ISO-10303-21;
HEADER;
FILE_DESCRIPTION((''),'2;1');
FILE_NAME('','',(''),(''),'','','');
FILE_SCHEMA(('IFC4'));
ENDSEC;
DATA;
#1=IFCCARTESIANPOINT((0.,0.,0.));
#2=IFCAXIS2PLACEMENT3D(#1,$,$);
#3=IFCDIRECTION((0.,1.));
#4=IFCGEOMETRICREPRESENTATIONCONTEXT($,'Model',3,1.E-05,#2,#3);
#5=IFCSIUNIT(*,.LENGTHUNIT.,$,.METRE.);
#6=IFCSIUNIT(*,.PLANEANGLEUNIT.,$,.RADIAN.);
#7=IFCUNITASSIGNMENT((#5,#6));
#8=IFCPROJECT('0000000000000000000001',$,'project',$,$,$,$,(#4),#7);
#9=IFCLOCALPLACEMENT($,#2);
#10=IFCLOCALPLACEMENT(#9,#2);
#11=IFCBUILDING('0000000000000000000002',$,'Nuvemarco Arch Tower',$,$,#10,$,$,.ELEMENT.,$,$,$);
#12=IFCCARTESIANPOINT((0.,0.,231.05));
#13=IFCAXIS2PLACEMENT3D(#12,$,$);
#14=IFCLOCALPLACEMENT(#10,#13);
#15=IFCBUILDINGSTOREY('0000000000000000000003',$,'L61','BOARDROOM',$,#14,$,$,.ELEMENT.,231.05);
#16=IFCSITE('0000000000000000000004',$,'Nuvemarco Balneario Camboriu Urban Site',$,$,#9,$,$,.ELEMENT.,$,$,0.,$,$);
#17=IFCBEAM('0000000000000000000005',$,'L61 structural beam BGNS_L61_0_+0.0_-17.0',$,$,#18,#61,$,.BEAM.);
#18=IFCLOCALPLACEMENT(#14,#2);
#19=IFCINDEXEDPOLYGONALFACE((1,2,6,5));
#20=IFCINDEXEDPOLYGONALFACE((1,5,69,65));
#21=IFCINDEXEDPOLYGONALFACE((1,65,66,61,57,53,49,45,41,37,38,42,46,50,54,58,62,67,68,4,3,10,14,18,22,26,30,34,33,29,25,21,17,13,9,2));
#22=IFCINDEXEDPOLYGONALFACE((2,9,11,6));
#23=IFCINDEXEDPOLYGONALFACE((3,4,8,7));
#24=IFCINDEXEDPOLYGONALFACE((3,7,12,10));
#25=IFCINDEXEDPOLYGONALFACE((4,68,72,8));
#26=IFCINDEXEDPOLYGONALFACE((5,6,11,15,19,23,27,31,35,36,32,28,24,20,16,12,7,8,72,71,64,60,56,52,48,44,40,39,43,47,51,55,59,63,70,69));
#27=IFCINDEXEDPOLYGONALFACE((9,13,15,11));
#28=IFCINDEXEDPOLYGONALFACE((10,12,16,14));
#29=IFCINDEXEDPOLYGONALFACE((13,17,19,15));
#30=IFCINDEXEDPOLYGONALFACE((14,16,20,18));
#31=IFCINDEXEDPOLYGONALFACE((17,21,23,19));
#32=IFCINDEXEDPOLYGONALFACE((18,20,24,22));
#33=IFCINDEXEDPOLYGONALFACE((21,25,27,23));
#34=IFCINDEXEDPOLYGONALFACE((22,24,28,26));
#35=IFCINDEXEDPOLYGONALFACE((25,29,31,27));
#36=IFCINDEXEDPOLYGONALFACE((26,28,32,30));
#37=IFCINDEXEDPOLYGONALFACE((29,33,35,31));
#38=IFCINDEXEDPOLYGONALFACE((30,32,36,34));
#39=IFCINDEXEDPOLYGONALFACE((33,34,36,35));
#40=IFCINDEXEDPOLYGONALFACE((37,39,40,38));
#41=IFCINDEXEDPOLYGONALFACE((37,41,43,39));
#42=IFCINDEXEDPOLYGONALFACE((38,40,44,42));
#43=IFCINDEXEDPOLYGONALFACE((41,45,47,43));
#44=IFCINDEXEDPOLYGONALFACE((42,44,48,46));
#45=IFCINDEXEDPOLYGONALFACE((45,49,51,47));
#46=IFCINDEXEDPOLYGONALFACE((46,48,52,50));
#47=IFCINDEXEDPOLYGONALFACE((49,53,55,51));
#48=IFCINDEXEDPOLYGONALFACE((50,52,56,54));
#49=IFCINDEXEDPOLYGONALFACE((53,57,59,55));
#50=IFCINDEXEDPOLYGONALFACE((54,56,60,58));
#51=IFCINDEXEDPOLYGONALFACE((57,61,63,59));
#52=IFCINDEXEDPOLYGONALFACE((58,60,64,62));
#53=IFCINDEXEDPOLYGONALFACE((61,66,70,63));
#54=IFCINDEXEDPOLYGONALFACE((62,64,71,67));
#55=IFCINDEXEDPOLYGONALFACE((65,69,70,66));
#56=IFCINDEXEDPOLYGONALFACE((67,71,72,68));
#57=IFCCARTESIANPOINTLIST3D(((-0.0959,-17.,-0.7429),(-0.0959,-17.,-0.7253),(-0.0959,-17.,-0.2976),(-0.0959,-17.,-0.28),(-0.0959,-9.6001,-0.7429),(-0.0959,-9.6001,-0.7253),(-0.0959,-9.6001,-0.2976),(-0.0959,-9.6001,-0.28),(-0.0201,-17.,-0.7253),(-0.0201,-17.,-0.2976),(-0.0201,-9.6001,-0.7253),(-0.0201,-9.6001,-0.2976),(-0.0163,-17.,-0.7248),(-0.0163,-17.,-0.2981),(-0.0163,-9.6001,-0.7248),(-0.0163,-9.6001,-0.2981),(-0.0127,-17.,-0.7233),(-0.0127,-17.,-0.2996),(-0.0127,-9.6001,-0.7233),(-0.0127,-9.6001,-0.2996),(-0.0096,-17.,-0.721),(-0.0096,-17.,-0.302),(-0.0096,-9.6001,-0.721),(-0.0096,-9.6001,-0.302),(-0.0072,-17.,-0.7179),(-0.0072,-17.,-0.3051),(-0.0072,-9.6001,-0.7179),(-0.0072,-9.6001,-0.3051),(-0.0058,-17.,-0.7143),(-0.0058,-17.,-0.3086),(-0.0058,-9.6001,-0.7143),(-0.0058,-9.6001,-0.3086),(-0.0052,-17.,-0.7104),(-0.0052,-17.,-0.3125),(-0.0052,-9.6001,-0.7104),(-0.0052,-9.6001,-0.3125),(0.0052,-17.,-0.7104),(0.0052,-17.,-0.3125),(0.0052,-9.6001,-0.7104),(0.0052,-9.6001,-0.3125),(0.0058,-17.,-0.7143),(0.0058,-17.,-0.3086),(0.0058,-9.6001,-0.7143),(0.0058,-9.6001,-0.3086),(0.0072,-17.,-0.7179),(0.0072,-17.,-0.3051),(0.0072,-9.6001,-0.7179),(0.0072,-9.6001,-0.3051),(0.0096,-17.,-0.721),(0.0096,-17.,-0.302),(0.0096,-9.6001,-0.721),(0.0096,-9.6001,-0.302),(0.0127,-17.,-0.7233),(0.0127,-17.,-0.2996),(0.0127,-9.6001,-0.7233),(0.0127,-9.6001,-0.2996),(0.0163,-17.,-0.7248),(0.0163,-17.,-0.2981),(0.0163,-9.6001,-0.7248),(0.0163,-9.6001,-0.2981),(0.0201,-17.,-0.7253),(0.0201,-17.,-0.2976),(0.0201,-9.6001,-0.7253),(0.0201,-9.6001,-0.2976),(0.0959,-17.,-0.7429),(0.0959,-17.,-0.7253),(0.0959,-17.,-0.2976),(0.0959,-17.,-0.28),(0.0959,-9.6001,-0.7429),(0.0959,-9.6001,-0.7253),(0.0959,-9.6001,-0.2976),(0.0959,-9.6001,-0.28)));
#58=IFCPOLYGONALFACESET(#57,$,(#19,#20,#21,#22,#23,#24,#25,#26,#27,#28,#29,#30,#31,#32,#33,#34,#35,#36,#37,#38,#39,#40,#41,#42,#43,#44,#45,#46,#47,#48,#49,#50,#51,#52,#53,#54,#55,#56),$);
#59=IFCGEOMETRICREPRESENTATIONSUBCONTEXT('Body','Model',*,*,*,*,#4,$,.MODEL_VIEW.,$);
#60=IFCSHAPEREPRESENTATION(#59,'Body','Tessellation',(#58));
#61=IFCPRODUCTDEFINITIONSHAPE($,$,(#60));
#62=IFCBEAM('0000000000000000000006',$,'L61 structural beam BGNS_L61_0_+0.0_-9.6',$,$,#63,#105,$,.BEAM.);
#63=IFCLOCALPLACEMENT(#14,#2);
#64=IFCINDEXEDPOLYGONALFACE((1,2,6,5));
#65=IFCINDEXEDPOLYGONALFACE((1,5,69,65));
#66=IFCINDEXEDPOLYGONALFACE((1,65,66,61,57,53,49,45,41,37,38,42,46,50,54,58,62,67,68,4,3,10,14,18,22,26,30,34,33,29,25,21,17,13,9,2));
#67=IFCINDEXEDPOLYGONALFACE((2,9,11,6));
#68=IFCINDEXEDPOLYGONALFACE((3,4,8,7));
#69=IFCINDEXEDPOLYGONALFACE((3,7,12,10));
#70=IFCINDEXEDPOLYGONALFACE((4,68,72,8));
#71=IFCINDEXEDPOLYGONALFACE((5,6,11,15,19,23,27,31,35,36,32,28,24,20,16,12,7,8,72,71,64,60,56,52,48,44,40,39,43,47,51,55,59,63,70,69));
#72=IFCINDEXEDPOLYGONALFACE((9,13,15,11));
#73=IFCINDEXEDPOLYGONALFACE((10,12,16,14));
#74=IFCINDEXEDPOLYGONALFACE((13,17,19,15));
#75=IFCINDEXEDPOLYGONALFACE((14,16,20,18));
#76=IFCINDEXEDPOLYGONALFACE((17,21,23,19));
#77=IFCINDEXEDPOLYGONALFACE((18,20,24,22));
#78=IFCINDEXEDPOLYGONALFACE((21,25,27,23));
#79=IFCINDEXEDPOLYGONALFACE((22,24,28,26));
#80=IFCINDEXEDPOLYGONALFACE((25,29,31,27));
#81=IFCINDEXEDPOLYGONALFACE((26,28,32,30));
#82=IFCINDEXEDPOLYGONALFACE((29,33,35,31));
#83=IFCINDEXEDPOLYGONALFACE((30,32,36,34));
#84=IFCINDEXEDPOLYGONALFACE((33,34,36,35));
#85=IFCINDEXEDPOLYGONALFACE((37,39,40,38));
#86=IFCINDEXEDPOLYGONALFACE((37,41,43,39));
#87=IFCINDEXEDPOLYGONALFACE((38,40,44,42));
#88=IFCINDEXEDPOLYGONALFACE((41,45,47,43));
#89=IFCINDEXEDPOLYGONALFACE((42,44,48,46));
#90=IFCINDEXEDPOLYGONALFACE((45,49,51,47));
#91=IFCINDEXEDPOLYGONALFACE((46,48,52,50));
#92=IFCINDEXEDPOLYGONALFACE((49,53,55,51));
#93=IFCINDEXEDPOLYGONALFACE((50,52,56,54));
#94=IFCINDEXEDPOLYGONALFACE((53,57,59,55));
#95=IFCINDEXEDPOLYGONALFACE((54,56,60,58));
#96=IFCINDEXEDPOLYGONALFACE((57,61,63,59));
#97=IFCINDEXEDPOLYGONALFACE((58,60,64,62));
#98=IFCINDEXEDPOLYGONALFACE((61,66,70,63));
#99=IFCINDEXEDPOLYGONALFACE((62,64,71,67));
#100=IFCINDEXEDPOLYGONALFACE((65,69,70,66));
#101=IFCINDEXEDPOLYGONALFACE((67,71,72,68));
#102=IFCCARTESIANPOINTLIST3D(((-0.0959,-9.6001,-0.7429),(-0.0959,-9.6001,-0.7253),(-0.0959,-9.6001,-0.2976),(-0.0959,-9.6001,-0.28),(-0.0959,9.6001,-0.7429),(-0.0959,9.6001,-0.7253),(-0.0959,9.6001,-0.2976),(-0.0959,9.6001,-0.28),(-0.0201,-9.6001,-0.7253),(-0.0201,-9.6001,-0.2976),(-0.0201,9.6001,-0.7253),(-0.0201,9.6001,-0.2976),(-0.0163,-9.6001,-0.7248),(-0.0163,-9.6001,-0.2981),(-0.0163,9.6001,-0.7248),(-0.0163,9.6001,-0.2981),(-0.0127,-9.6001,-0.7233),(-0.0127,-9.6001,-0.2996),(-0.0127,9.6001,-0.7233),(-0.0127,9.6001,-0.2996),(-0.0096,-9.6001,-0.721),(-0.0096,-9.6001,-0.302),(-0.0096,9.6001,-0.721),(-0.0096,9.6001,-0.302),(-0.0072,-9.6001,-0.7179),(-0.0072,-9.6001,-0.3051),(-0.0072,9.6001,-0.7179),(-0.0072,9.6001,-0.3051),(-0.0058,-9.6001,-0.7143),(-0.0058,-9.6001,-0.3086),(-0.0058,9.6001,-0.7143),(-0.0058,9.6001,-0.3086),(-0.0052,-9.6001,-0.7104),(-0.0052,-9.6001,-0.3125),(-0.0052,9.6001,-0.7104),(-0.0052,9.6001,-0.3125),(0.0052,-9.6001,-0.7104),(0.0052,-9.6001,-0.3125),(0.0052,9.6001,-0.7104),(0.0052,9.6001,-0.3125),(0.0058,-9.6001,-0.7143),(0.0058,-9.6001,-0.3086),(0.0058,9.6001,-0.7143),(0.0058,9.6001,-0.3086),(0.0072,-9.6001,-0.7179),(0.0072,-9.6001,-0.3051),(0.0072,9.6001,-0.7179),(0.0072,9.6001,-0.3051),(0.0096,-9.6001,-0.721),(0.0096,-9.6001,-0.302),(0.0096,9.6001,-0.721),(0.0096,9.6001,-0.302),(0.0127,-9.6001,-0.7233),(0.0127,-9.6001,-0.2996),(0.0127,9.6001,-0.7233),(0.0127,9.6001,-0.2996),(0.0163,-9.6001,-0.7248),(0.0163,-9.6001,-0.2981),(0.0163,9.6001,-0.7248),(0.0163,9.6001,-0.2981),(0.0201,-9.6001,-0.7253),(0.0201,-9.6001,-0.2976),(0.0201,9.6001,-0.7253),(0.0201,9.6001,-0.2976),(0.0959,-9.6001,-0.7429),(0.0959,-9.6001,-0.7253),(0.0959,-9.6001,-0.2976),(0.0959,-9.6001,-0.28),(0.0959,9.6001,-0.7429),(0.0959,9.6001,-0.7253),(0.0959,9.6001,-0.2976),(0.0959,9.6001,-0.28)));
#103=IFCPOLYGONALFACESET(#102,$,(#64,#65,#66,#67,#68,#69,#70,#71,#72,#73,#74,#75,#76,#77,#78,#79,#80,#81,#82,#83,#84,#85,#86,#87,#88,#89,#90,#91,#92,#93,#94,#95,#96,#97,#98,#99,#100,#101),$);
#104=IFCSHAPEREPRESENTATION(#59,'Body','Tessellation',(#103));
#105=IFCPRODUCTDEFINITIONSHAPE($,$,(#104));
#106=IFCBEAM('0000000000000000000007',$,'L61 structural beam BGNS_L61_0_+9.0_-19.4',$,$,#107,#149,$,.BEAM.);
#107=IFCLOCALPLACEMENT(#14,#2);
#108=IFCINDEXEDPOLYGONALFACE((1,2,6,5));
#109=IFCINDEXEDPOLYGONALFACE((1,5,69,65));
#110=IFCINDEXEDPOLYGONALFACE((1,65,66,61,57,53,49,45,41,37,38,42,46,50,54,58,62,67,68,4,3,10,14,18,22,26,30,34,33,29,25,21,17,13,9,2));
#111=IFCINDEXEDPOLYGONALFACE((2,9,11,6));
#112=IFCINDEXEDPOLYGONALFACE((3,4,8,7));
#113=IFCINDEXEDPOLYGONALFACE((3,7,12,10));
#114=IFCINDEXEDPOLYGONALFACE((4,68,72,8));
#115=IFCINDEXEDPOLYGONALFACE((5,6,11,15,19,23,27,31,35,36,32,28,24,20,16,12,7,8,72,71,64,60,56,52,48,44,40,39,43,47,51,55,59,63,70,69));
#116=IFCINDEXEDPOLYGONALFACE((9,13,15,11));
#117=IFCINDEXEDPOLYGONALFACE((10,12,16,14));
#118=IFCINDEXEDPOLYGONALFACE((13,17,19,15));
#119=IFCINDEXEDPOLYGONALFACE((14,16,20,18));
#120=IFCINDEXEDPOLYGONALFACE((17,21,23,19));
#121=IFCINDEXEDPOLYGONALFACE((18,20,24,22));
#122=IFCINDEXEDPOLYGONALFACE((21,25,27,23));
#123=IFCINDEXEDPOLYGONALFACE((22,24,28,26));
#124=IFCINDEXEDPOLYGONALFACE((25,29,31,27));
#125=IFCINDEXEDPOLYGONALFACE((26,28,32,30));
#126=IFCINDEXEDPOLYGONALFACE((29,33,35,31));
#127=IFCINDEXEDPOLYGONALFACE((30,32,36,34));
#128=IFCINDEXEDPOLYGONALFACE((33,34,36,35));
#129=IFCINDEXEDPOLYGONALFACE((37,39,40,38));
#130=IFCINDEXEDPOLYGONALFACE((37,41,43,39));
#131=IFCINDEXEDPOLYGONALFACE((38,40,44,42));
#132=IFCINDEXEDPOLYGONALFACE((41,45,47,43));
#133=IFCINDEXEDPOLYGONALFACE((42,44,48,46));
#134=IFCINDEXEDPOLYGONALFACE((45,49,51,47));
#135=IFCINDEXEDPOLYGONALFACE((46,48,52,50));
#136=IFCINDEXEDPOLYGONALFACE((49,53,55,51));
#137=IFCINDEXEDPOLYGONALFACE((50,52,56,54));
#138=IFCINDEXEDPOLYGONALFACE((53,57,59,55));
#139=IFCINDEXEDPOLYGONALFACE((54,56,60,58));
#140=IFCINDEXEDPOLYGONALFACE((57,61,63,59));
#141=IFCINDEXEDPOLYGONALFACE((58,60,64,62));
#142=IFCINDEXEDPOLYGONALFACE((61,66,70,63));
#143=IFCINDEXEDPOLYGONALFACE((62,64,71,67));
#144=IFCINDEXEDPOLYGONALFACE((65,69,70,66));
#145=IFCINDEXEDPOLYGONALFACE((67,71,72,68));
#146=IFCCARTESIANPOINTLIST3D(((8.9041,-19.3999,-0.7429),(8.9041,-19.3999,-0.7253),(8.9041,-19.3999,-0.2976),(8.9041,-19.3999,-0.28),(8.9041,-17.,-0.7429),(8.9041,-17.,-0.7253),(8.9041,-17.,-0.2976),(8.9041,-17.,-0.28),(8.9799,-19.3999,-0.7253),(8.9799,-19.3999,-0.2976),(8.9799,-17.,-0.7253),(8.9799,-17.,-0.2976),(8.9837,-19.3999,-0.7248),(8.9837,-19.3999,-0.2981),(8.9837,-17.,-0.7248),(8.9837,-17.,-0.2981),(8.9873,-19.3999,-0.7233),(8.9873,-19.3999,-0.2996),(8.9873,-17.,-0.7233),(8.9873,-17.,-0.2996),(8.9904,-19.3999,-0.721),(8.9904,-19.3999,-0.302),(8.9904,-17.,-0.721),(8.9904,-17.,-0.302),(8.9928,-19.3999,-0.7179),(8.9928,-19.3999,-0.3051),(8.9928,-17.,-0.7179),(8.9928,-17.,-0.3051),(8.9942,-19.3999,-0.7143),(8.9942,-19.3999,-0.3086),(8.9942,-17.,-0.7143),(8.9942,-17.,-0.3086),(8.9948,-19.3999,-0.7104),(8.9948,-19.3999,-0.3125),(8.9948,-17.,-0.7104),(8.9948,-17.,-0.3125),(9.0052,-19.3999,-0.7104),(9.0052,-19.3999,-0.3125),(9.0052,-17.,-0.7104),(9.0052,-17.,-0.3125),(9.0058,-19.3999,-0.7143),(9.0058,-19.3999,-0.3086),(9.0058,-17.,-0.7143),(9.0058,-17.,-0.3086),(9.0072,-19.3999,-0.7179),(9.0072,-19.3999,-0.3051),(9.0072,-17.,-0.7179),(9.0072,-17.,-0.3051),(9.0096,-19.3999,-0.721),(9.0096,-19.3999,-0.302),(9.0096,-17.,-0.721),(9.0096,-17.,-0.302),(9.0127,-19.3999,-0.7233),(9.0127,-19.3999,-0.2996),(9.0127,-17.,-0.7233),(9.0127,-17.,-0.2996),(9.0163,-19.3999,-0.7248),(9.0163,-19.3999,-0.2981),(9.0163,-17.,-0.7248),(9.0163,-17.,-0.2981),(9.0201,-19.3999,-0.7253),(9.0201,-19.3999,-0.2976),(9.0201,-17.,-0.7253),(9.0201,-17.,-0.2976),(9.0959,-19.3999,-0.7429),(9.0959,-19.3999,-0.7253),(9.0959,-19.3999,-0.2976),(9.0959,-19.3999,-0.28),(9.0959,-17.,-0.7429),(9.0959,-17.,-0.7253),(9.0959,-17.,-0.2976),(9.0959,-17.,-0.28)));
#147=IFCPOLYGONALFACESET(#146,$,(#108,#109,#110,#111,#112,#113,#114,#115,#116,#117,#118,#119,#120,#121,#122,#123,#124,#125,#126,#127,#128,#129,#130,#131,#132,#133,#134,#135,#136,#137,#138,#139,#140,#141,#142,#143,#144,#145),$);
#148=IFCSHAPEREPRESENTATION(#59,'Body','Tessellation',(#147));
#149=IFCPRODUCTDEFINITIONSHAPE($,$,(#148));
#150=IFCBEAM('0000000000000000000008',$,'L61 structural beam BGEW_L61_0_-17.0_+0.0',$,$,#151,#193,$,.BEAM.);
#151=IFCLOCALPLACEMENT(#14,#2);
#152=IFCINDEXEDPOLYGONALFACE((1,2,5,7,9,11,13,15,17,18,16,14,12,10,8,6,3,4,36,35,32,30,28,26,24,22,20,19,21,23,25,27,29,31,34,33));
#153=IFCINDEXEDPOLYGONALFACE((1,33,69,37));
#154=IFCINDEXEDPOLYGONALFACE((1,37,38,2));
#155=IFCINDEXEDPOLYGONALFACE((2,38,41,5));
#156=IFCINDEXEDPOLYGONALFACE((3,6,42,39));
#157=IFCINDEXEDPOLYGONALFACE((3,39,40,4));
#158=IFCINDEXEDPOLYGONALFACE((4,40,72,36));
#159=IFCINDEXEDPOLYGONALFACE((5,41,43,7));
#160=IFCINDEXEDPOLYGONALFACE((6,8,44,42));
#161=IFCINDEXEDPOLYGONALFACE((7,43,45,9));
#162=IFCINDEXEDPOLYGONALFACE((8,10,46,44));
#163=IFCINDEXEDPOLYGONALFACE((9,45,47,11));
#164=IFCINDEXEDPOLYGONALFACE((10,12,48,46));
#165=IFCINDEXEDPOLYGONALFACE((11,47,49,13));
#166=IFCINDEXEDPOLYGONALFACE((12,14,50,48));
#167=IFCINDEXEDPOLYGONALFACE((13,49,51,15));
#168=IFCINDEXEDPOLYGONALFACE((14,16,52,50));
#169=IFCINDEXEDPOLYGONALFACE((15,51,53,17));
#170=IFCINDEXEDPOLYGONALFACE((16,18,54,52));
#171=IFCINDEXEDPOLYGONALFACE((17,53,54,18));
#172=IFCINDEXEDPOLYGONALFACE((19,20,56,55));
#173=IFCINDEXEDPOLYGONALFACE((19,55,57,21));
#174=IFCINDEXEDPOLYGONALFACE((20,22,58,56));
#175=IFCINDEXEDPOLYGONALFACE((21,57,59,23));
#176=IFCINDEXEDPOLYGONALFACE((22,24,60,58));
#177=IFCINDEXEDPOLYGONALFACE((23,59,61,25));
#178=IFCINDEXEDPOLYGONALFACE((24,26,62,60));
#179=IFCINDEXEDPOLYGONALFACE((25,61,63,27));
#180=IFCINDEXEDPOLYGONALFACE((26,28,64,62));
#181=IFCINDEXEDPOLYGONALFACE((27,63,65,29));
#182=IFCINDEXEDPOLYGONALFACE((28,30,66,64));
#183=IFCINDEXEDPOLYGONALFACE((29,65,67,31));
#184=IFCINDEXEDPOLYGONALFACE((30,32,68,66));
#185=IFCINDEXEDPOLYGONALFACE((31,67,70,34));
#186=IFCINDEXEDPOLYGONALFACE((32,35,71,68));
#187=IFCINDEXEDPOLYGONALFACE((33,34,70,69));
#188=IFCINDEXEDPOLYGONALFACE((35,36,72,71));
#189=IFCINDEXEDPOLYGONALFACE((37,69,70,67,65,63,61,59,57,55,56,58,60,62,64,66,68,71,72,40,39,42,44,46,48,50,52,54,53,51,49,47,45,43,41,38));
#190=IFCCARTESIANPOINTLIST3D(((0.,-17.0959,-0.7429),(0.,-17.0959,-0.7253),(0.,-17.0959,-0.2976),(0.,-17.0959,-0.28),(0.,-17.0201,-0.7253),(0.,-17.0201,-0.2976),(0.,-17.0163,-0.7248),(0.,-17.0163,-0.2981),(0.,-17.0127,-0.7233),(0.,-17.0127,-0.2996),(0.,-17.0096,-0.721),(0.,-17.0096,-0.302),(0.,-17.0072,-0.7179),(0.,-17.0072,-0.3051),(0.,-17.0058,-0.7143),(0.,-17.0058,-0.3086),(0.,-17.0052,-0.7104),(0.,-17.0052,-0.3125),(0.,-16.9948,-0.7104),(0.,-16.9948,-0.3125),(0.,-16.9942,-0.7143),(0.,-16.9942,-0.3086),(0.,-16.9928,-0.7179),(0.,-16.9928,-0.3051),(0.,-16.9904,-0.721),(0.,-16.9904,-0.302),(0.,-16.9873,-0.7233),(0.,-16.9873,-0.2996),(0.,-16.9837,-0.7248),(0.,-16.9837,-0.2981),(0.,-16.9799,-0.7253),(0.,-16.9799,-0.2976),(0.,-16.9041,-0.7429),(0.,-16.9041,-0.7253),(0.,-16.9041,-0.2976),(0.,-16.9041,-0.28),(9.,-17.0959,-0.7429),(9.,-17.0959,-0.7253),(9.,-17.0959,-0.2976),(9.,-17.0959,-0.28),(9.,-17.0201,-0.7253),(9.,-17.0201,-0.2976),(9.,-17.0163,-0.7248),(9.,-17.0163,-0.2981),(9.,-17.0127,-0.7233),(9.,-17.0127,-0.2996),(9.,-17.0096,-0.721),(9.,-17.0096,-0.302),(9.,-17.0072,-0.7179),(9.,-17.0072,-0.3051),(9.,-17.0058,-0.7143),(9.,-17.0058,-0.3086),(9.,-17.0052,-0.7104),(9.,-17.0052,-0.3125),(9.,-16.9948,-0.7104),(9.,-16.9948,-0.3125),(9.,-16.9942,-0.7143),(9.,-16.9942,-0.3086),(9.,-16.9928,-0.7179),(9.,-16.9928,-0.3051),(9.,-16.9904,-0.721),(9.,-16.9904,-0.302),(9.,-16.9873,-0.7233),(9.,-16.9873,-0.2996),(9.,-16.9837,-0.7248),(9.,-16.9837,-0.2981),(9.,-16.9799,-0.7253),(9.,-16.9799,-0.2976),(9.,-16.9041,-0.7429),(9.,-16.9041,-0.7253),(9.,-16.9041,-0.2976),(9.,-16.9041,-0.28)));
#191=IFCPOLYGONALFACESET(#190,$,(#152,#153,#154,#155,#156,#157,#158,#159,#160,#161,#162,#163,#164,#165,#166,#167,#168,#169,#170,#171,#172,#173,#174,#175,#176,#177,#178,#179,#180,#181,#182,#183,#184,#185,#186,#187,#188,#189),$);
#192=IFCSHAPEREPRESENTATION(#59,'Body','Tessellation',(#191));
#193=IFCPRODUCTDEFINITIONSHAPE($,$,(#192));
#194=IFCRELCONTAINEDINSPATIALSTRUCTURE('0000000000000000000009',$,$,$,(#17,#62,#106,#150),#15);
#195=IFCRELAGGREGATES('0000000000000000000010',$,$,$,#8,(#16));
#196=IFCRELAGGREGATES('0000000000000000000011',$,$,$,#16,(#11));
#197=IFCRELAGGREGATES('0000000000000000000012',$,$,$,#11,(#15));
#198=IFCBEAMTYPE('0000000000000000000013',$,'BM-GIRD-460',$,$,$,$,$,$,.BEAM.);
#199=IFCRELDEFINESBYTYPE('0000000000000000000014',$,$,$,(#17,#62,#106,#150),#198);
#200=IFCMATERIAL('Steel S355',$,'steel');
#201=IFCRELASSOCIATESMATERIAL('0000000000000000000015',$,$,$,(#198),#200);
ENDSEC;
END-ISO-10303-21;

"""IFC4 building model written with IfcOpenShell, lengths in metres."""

from ifc_helpers import new_model, si_unit, direction, frame, origin, origin_2d, place, context, subcontext, project, spatial, i_section, extrude, material, material_profile, profile_set, type_object, element, save


model = new_model("IFC4")

# Units and contexts
model_context = context("Model", 3, precision=1e-05, world=origin(), true_north=direction((0.0, 1.0)))
body_context = subcontext(model_context, "Body", "Model", "MODEL_VIEW")
ifc_project = project(units=[si_unit("LENGTHUNIT", "METRE"), si_unit("PLANEANGLEUNIT", "RADIAN")], contexts=[model_context])

# Site, building, storey
site_placement = place(None, origin())
site = spatial("IfcSite", under=ifc_project, at=site_placement, Name="Nuvemarco Balneario Camboriu Urban Site", CompositionType="ELEMENT", RefElevation=0.0)
building_placement = place(site_placement, origin())
building = spatial("IfcBuilding", under=site, at=building_placement, Name="Nuvemarco Arch Tower", CompositionType="ELEMENT")
storey_placement = place(building_placement, frame((0.0, 0.0, 231.05)))
storey = spatial("IfcBuildingStorey", under=building, at=storey_placement, Name="L61", Description="BOARDROOM", CompositionType="ELEMENT", Elevation=231.05)

# Shared definitions
ifc_material_1 = material(Name="Steel S355", Category="steel")

# Beams
ifc_material_profile_1 = material_profile(ifc_material_1, i_section(OverallWidth=0.1919, OverallDepth=0.4629, WebThickness=0.0105, FlangeThickness=0.0176, FilletRadius=0.0149, at=origin_2d()), Name="W460x89")
ifc_profile_set_1 = profile_set([ifc_material_profile_1], Name="Steel S355")
beam_type_1 = type_object("IfcBeamType", Name="BM-GIRD-460", PredefinedType="BEAM", material=ifc_profile_set_1)
beam_1_placement = place(storey_placement, frame((0.0, -17.0, -0.5115), z_axis=(0.0, 1.0, 0.0), x_axis=(-1.0, 0.0, 0.0)))
element("IfcBeam", 1, at=beam_1_placement, inside=storey, type_object=beam_type_1, Name="L61 structural beam BGNS_L61_0_+0.0_-17.0", PredefinedType="BEAM", context=body_context, shape_type="SweptSolid", body=[
    extrude(i_section(OverallWidth=0.1919, OverallDepth=0.4629, WebThickness=0.0105, FlangeThickness=0.0176, FilletRadius=0.0149, at=origin_2d()), origin(), (0.0, 0.0, 1.0), 7.3999),
])
beam_2_placement = place(storey_placement, frame((0.0, -9.6001, -0.5115), z_axis=(0.0, 1.0, 0.0), x_axis=(-1.0, 0.0, 0.0)))
element("IfcBeam", 2, at=beam_2_placement, inside=storey, type_object=beam_type_1, Name="L61 structural beam BGNS_L61_0_+0.0_-9.6", PredefinedType="BEAM", context=body_context, shape_type="SweptSolid", body=[
    extrude(i_section(OverallWidth=0.1919, OverallDepth=0.4629, WebThickness=0.0105, FlangeThickness=0.0176, FilletRadius=0.0149, at=origin_2d()), origin(), (0.0, 0.0, 1.0), 19.2002),
])
beam_3_placement = place(storey_placement, frame((9.0, -19.3999, -0.5115), z_axis=(0.0, 1.0, 0.0), x_axis=(-1.0, 0.0, 0.0)))
element("IfcBeam", 3, at=beam_3_placement, inside=storey, type_object=beam_type_1, Name="L61 structural beam BGNS_L61_0_+9.0_-19.4", PredefinedType="BEAM", context=body_context, shape_type="SweptSolid", body=[
    extrude(i_section(OverallWidth=0.1919, OverallDepth=0.4629, WebThickness=0.0105, FlangeThickness=0.0176, FilletRadius=0.0149, at=origin_2d()), origin(), (0.0, 0.0, 1.0), 2.3999),
])
beam_4_placement = place(storey_placement, frame((0.0, -17.0, -0.5115), z_axis=(1.0, 0.0, 0.0), x_axis=(0.0, 1.0, 0.0)))
element("IfcBeam", 4, at=beam_4_placement, inside=storey, type_object=beam_type_1, Name="L61 structural beam BGEW_L61_0_-17.0_+0.0", PredefinedType="BEAM", context=body_context, shape_type="SweptSolid", body=[
    extrude(i_section(OverallWidth=0.1919, OverallDepth=0.4629, WebThickness=0.0105, FlangeThickness=0.0176, FilletRadius=0.0149, at=origin_2d()), origin(), (0.0, 0.0, 1.0), 9.0),
])

save(model, "model.ifc")
